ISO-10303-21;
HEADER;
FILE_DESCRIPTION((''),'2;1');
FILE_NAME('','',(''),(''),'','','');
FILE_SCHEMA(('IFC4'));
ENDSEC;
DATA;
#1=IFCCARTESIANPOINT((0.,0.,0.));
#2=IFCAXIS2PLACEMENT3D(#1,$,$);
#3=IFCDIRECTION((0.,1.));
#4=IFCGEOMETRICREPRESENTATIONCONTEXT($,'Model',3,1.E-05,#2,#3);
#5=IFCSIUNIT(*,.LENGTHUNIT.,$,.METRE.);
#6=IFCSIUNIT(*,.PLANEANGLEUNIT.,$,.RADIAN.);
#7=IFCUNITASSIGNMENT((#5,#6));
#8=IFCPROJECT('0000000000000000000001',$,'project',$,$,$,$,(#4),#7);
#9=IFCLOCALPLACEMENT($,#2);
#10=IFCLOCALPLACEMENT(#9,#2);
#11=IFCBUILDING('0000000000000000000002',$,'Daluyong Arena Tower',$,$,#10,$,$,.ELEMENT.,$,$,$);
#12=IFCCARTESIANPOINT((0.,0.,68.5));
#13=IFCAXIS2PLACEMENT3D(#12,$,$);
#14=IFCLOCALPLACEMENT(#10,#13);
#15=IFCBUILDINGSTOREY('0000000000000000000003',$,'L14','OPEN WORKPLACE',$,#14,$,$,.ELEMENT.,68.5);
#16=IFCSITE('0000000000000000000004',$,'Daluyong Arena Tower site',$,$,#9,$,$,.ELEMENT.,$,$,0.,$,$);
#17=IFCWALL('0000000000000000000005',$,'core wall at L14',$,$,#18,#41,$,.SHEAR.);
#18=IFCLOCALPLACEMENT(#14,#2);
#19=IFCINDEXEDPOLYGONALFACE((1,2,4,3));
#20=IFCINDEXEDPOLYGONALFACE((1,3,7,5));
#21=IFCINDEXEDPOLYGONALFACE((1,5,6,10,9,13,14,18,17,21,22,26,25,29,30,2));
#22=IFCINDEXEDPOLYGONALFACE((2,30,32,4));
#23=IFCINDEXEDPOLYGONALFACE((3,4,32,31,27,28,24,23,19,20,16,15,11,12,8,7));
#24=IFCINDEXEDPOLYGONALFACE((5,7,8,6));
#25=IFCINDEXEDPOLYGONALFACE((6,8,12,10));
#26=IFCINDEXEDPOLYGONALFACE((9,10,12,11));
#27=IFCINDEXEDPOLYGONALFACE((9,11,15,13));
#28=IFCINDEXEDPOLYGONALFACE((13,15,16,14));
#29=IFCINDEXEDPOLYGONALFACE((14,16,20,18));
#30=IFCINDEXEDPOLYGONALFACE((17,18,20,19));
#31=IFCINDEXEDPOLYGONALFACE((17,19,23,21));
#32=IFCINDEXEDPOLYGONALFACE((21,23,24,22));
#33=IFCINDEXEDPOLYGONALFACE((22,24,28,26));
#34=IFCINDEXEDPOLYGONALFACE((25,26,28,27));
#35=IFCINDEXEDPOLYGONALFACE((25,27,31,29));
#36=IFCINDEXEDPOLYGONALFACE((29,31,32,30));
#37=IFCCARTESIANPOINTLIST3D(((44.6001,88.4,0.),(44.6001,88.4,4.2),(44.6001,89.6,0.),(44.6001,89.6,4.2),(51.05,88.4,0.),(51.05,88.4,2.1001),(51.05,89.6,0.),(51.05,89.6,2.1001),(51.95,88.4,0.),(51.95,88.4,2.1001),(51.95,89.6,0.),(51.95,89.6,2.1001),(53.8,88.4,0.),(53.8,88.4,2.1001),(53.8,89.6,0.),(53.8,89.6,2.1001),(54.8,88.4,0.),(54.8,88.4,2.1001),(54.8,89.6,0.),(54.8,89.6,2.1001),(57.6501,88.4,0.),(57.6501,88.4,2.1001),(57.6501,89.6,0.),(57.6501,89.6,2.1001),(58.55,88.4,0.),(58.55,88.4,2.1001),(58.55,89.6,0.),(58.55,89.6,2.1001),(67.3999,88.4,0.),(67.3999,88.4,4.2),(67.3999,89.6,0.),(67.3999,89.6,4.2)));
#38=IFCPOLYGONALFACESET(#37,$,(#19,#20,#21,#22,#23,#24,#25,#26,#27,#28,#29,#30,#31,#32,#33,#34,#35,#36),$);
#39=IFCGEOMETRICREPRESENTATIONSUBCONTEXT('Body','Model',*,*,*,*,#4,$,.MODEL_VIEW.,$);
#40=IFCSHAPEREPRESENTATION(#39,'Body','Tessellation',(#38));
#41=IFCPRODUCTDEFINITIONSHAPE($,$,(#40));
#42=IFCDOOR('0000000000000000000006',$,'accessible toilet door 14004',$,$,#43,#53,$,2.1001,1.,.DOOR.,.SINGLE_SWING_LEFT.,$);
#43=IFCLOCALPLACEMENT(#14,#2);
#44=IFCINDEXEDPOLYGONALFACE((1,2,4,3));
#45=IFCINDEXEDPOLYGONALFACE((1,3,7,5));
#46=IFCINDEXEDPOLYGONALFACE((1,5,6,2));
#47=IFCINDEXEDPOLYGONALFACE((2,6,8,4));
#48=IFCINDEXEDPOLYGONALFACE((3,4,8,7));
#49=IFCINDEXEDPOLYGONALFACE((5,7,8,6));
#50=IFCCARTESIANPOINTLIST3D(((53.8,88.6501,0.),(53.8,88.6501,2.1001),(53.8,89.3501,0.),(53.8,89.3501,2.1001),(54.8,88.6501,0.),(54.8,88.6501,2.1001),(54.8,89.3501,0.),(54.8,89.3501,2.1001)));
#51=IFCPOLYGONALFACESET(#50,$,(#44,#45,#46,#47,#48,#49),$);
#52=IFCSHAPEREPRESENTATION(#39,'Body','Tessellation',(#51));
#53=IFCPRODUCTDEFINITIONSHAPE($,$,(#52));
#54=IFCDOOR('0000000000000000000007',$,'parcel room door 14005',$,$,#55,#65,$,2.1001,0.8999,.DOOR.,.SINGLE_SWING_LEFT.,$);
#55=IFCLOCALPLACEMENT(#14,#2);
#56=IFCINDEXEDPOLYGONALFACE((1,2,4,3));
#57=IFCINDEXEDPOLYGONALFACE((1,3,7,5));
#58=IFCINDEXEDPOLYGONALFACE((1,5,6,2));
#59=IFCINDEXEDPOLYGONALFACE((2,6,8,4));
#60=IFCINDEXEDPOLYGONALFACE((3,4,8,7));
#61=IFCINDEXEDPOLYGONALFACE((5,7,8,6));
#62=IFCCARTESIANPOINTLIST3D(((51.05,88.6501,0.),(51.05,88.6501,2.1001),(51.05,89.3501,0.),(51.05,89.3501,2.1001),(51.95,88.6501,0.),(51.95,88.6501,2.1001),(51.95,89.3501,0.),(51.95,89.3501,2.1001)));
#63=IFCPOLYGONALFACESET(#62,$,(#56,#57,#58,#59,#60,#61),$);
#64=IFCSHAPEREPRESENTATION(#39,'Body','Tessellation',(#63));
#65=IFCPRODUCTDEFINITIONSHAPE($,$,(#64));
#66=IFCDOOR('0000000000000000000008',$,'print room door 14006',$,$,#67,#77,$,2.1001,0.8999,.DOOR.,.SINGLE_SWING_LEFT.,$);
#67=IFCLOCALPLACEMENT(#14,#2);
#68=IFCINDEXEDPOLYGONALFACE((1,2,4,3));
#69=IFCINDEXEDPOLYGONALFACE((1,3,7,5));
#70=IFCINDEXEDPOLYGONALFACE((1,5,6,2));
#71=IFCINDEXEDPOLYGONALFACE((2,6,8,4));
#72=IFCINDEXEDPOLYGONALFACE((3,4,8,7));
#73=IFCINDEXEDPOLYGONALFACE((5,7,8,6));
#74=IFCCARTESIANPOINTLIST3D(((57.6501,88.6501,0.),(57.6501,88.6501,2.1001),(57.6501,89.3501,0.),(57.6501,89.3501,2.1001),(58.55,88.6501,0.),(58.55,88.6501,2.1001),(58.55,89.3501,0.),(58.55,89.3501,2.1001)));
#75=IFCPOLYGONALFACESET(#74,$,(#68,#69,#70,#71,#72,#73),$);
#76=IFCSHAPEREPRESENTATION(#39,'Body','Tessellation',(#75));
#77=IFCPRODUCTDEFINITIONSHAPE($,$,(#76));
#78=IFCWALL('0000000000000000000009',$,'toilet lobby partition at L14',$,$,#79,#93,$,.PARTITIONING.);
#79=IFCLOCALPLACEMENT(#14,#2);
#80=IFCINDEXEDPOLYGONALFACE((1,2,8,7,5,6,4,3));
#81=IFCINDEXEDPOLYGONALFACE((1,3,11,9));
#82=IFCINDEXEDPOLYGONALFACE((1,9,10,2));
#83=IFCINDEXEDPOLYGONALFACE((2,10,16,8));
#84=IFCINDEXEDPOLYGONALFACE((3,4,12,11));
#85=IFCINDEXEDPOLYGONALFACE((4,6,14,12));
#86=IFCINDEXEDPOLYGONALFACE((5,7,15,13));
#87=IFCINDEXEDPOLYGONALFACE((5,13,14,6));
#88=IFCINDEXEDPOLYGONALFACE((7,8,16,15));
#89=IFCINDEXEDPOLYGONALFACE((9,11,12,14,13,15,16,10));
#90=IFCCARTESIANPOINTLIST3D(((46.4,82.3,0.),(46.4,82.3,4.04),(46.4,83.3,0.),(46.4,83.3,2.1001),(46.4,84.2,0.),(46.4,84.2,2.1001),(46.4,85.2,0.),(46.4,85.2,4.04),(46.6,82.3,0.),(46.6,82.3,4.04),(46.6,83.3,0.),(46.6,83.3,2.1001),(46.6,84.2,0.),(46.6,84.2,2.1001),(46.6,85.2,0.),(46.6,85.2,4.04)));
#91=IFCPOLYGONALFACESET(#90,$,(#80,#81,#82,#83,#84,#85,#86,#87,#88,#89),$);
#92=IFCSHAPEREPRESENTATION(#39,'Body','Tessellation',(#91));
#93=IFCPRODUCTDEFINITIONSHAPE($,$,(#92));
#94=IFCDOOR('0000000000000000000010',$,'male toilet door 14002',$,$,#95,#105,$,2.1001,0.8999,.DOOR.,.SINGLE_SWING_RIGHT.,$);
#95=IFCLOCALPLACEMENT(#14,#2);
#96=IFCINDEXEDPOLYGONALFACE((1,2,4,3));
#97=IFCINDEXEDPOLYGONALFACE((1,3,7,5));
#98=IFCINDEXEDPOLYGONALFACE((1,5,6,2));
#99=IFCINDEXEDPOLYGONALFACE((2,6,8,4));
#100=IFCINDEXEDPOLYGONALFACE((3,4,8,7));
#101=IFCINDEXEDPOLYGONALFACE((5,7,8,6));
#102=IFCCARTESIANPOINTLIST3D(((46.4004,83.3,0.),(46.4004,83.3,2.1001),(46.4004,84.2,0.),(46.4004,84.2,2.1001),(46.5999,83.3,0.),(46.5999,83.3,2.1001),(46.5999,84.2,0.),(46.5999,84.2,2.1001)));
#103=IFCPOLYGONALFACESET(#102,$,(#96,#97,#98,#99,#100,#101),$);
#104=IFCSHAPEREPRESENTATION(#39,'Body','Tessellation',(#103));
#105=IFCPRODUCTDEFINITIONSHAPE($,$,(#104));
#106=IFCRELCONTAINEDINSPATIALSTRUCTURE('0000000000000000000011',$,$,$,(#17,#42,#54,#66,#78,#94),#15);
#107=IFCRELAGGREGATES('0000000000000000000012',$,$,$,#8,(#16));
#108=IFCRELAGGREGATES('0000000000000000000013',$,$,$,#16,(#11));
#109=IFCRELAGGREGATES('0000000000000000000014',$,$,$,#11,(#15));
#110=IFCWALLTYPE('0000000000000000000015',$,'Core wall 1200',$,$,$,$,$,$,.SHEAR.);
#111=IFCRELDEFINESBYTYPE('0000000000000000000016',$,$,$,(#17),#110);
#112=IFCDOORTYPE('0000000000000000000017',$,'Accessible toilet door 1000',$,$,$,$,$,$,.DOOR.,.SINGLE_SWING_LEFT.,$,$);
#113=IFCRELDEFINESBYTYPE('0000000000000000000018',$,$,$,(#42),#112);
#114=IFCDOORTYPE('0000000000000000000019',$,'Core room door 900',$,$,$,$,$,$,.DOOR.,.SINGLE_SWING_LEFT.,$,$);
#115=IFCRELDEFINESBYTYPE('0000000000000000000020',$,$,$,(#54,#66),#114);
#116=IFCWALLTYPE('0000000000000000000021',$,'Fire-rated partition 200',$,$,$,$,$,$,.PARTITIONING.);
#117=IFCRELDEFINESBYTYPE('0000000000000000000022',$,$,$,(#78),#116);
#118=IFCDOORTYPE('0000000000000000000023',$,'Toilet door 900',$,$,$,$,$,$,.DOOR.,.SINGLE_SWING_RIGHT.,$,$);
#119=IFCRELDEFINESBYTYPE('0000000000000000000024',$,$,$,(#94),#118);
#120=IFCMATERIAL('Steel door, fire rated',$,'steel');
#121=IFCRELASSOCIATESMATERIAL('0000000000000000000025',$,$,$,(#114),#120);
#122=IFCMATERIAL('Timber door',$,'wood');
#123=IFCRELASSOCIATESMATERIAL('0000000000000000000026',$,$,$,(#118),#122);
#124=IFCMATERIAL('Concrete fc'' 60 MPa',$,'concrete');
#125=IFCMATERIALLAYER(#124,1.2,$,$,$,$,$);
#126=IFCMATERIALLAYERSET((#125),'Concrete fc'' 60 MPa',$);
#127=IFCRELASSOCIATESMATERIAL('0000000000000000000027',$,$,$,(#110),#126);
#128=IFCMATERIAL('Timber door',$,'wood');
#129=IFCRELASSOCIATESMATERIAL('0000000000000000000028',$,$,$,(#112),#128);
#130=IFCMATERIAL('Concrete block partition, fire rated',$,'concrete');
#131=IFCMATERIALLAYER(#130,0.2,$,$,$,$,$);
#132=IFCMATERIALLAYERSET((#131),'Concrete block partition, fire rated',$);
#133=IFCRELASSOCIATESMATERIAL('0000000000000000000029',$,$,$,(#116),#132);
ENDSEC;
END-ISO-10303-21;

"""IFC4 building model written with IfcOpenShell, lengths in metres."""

from ifc_helpers import new_model, si_unit, direction, frame, frame_2d, origin, place, context, subcontext, project, spatial, rectangle, extrude, material, layer, layer_set, type_object, element, fill, save


model = new_model("IFC4")

# Units and contexts
model_context = context("Model", 3, precision=1e-05, world=origin(), true_north=direction((0.0, 1.0)))
body_context = subcontext(model_context, "Body", "Model", "MODEL_VIEW")
ifc_project = project(units=[si_unit("LENGTHUNIT", "METRE"), si_unit("PLANEANGLEUNIT", "RADIAN")], contexts=[model_context])

# Site, building, storey
site_placement = place(None, origin())
site = spatial("IfcSite", under=ifc_project, at=site_placement, Name="Daluyong Arena Tower site", CompositionType="ELEMENT", RefElevation=0.0)
building_placement = place(site_placement, origin())
building = spatial("IfcBuilding", under=site, at=building_placement, Name="Daluyong Arena Tower", CompositionType="ELEMENT")
storey_placement = place(building_placement, frame((0.0, 0.0, 68.5)))
storey = spatial("IfcBuildingStorey", under=building, at=storey_placement, Name="L14", Description="OPEN WORKPLACE", CompositionType="ELEMENT", Elevation=68.5)

# Shared definitions
ifc_material_1 = material(Name="Steel door, fire rated", Category="steel")
door_type_1 = type_object("IfcDoorType", Name="Core room door 900", OperationType="SINGLE_SWING_LEFT", PredefinedType="DOOR", material=ifc_material_1)
ifc_material_2 = material(Name="Timber door", Category="wood")
door_type_2 = type_object("IfcDoorType", Name="Toilet door 900", OperationType="SINGLE_SWING_RIGHT", PredefinedType="DOOR", material=ifc_material_2)

# Wall, openings, doors
ifc_material_3 = material(Name="Concrete fc' 60 MPa", Category="concrete")
ifc_layer_1 = layer(ifc_material_3, 1.2)
ifc_layer_set_1 = layer_set([ifc_layer_1], Name="Concrete fc' 60 MPa")
wall_type_1 = type_object("IfcWallType", Name="Core wall 1200", PredefinedType="SHEAR", material=ifc_layer_set_1)
wall_1_placement = place(storey_placement, frame((44.6001, 89.0, 0.0), z_axis=(0.0, 0.0, 1.0), x_axis=(1.0, 0.0, 0.0)))
wall_1 = element("IfcWall", 1, at=wall_1_placement, inside=storey, type_object=wall_type_1, Name="core wall at L14", PredefinedType="SHEAR", context=body_context, shape_type="SweptSolid", body=[
    extrude(rectangle(XDim=22.7998, YDim=1.2, at=frame_2d((11.3999, 0.0))), origin(), (0.0, 0.0, 1.0), 4.2),
])
opening_1_placement = place(wall_1_placement, frame((9.2, 0.0, 0.0)))
opening_1 = element("IfcOpeningElement", 2, at=opening_1_placement, cuts=wall_1, PredefinedType="OPENING", context=body_context, shape_type="SweptSolid", body=[
    extrude(rectangle(XDim=1.0, YDim=2.1001, at=frame_2d((0.5, 1.05))), frame((0.0, 0.6099, 0.0), z_axis=(0.0, -1.0, 0.0), x_axis=(1.0, 0.0, 0.0)), (0.0, 0.0, 1.0), 1.22),
])
opening_2_placement = place(wall_1_placement, frame((6.45, 0.0, 0.0)))
opening_2 = element("IfcOpeningElement", 3, at=opening_2_placement, cuts=wall_1, PredefinedType="OPENING", context=body_context, shape_type="SweptSolid", body=[
    extrude(rectangle(XDim=0.8999, YDim=2.1001, at=frame_2d((0.45, 1.05))), frame((0.0, 0.6099, 0.0), z_axis=(0.0, -1.0, 0.0), x_axis=(1.0, 0.0, 0.0)), (0.0, 0.0, 1.0), 1.22),
])
opening_3_placement = place(wall_1_placement, frame((13.05, 0.0, 0.0)))
opening_3 = element("IfcOpeningElement", 4, at=opening_3_placement, cuts=wall_1, PredefinedType="OPENING", context=body_context, shape_type="SweptSolid", body=[
    extrude(rectangle(XDim=0.8999, YDim=2.1001, at=frame_2d((0.45, 1.05))), frame((0.0, 0.6099, 0.0), z_axis=(0.0, -1.0, 0.0), x_axis=(1.0, 0.0, 0.0)), (0.0, 0.0, 1.0), 1.22),
])
ifc_material_4 = material(Name="Timber door", Category="wood")
door_type_3 = type_object("IfcDoorType", Name="Accessible toilet door 1000", OperationType="SINGLE_SWING_LEFT", PredefinedType="DOOR", material=ifc_material_4)
door_1_placement = place(opening_1_placement, origin())
door_1 = element("IfcDoor", 5, at=door_1_placement, inside=storey, type_object=door_type_3, Name="accessible toilet door 14004", OperationType="SINGLE_SWING_LEFT", OverallHeight=2.1001, OverallWidth=1.0, PredefinedType="DOOR", context=body_context, shape_type="SweptSolid", body=[
    extrude(rectangle(XDim=1.0, YDim=2.1001, at=frame_2d((0.5, 1.05))), frame((0.0, 0.3501, 0.0), z_axis=(0.0, -1.0, 0.0), x_axis=(1.0, 0.0, 0.0)), (0.0, 0.0, 1.0), 0.7),
])
fill(opening_1, door_1)
door_2_placement = place(opening_2_placement, origin())
door_2 = element("IfcDoor", 6, at=door_2_placement, inside=storey, type_object=door_type_1, Name="parcel room door 14005", OperationType="SINGLE_SWING_LEFT", OverallHeight=2.1001, OverallWidth=0.8999, PredefinedType="DOOR", context=body_context, shape_type="SweptSolid", body=[
    extrude(rectangle(XDim=0.8999, YDim=2.1001, at=frame_2d((0.45, 1.05))), frame((0.0, 0.3501, 0.0), z_axis=(0.0, -1.0, 0.0), x_axis=(1.0, 0.0, 0.0)), (0.0, 0.0, 1.0), 0.7),
])
fill(opening_2, door_2)
door_3_placement = place(opening_3_placement, origin())
door_3 = element("IfcDoor", 7, at=door_3_placement, inside=storey, type_object=door_type_1, Name="print room door 14006", OperationType="SINGLE_SWING_LEFT", OverallHeight=2.1001, OverallWidth=0.8999, PredefinedType="DOOR", context=body_context, shape_type="SweptSolid", body=[
    extrude(rectangle(XDim=0.8999, YDim=2.1001, at=frame_2d((0.45, 1.05))), frame((0.0, 0.3501, 0.0), z_axis=(0.0, -1.0, 0.0), x_axis=(1.0, 0.0, 0.0)), (0.0, 0.0, 1.0), 0.7),
])
fill(opening_3, door_3)

# Wall, opening, door
ifc_material_5 = material(Name="Concrete block partition, fire rated", Category="concrete")
ifc_layer_2 = layer(ifc_material_5, 0.2)
ifc_layer_set_2 = layer_set([ifc_layer_2], Name="Concrete block partition, fire rated")
wall_type_2 = type_object("IfcWallType", Name="Fire-rated partition 200", PredefinedType="PARTITIONING", material=ifc_layer_set_2)
wall_2_placement = place(storey_placement, frame((46.5, 82.3, 0.0), z_axis=(0.0, 0.0, 1.0), x_axis=(0.0, 1.0, 0.0)))
wall_2 = element("IfcWall", 8, at=wall_2_placement, inside=storey, type_object=wall_type_2, Name="toilet lobby partition at L14", PredefinedType="PARTITIONING", context=body_context, shape_type="SweptSolid", body=[
    extrude(rectangle(XDim=2.8999, YDim=0.2, at=frame_2d((1.45, 0.0))), origin(), (0.0, 0.0, 1.0), 4.04),
])
opening_4_placement = place(wall_2_placement, frame((1.0, 0.0, 0.0)))
opening_4 = element("IfcOpeningElement", 9, at=opening_4_placement, cuts=wall_2, PredefinedType="OPENING", context=body_context, shape_type="SweptSolid", body=[
    extrude(rectangle(XDim=0.8999, YDim=2.1001, at=frame_2d((0.45, 1.05))), frame((0.0, 0.1099, 0.0), z_axis=(0.0, -1.0, 0.0), x_axis=(1.0, 0.0, 0.0)), (0.0, 0.0, 1.0), 0.22),
])
door_4_placement = place(opening_4_placement, origin())
door_4 = element("IfcDoor", 10, at=door_4_placement, inside=storey, type_object=door_type_2, Name="male toilet door 14002", OperationType="SINGLE_SWING_RIGHT", OverallHeight=2.1001, OverallWidth=0.8999, PredefinedType="DOOR", context=body_context, shape_type="SweptSolid", body=[
    extrude(rectangle(XDim=0.8999, YDim=2.1001, at=frame_2d((0.45, 1.05))), frame((0.0, 0.0996, 0.0), z_axis=(0.0, -1.0, 0.0), x_axis=(1.0, 0.0, 0.0)), (0.0, 0.0, 1.0), 0.1995),
])
fill(opening_4, door_4)

save(model, "model.ifc")
